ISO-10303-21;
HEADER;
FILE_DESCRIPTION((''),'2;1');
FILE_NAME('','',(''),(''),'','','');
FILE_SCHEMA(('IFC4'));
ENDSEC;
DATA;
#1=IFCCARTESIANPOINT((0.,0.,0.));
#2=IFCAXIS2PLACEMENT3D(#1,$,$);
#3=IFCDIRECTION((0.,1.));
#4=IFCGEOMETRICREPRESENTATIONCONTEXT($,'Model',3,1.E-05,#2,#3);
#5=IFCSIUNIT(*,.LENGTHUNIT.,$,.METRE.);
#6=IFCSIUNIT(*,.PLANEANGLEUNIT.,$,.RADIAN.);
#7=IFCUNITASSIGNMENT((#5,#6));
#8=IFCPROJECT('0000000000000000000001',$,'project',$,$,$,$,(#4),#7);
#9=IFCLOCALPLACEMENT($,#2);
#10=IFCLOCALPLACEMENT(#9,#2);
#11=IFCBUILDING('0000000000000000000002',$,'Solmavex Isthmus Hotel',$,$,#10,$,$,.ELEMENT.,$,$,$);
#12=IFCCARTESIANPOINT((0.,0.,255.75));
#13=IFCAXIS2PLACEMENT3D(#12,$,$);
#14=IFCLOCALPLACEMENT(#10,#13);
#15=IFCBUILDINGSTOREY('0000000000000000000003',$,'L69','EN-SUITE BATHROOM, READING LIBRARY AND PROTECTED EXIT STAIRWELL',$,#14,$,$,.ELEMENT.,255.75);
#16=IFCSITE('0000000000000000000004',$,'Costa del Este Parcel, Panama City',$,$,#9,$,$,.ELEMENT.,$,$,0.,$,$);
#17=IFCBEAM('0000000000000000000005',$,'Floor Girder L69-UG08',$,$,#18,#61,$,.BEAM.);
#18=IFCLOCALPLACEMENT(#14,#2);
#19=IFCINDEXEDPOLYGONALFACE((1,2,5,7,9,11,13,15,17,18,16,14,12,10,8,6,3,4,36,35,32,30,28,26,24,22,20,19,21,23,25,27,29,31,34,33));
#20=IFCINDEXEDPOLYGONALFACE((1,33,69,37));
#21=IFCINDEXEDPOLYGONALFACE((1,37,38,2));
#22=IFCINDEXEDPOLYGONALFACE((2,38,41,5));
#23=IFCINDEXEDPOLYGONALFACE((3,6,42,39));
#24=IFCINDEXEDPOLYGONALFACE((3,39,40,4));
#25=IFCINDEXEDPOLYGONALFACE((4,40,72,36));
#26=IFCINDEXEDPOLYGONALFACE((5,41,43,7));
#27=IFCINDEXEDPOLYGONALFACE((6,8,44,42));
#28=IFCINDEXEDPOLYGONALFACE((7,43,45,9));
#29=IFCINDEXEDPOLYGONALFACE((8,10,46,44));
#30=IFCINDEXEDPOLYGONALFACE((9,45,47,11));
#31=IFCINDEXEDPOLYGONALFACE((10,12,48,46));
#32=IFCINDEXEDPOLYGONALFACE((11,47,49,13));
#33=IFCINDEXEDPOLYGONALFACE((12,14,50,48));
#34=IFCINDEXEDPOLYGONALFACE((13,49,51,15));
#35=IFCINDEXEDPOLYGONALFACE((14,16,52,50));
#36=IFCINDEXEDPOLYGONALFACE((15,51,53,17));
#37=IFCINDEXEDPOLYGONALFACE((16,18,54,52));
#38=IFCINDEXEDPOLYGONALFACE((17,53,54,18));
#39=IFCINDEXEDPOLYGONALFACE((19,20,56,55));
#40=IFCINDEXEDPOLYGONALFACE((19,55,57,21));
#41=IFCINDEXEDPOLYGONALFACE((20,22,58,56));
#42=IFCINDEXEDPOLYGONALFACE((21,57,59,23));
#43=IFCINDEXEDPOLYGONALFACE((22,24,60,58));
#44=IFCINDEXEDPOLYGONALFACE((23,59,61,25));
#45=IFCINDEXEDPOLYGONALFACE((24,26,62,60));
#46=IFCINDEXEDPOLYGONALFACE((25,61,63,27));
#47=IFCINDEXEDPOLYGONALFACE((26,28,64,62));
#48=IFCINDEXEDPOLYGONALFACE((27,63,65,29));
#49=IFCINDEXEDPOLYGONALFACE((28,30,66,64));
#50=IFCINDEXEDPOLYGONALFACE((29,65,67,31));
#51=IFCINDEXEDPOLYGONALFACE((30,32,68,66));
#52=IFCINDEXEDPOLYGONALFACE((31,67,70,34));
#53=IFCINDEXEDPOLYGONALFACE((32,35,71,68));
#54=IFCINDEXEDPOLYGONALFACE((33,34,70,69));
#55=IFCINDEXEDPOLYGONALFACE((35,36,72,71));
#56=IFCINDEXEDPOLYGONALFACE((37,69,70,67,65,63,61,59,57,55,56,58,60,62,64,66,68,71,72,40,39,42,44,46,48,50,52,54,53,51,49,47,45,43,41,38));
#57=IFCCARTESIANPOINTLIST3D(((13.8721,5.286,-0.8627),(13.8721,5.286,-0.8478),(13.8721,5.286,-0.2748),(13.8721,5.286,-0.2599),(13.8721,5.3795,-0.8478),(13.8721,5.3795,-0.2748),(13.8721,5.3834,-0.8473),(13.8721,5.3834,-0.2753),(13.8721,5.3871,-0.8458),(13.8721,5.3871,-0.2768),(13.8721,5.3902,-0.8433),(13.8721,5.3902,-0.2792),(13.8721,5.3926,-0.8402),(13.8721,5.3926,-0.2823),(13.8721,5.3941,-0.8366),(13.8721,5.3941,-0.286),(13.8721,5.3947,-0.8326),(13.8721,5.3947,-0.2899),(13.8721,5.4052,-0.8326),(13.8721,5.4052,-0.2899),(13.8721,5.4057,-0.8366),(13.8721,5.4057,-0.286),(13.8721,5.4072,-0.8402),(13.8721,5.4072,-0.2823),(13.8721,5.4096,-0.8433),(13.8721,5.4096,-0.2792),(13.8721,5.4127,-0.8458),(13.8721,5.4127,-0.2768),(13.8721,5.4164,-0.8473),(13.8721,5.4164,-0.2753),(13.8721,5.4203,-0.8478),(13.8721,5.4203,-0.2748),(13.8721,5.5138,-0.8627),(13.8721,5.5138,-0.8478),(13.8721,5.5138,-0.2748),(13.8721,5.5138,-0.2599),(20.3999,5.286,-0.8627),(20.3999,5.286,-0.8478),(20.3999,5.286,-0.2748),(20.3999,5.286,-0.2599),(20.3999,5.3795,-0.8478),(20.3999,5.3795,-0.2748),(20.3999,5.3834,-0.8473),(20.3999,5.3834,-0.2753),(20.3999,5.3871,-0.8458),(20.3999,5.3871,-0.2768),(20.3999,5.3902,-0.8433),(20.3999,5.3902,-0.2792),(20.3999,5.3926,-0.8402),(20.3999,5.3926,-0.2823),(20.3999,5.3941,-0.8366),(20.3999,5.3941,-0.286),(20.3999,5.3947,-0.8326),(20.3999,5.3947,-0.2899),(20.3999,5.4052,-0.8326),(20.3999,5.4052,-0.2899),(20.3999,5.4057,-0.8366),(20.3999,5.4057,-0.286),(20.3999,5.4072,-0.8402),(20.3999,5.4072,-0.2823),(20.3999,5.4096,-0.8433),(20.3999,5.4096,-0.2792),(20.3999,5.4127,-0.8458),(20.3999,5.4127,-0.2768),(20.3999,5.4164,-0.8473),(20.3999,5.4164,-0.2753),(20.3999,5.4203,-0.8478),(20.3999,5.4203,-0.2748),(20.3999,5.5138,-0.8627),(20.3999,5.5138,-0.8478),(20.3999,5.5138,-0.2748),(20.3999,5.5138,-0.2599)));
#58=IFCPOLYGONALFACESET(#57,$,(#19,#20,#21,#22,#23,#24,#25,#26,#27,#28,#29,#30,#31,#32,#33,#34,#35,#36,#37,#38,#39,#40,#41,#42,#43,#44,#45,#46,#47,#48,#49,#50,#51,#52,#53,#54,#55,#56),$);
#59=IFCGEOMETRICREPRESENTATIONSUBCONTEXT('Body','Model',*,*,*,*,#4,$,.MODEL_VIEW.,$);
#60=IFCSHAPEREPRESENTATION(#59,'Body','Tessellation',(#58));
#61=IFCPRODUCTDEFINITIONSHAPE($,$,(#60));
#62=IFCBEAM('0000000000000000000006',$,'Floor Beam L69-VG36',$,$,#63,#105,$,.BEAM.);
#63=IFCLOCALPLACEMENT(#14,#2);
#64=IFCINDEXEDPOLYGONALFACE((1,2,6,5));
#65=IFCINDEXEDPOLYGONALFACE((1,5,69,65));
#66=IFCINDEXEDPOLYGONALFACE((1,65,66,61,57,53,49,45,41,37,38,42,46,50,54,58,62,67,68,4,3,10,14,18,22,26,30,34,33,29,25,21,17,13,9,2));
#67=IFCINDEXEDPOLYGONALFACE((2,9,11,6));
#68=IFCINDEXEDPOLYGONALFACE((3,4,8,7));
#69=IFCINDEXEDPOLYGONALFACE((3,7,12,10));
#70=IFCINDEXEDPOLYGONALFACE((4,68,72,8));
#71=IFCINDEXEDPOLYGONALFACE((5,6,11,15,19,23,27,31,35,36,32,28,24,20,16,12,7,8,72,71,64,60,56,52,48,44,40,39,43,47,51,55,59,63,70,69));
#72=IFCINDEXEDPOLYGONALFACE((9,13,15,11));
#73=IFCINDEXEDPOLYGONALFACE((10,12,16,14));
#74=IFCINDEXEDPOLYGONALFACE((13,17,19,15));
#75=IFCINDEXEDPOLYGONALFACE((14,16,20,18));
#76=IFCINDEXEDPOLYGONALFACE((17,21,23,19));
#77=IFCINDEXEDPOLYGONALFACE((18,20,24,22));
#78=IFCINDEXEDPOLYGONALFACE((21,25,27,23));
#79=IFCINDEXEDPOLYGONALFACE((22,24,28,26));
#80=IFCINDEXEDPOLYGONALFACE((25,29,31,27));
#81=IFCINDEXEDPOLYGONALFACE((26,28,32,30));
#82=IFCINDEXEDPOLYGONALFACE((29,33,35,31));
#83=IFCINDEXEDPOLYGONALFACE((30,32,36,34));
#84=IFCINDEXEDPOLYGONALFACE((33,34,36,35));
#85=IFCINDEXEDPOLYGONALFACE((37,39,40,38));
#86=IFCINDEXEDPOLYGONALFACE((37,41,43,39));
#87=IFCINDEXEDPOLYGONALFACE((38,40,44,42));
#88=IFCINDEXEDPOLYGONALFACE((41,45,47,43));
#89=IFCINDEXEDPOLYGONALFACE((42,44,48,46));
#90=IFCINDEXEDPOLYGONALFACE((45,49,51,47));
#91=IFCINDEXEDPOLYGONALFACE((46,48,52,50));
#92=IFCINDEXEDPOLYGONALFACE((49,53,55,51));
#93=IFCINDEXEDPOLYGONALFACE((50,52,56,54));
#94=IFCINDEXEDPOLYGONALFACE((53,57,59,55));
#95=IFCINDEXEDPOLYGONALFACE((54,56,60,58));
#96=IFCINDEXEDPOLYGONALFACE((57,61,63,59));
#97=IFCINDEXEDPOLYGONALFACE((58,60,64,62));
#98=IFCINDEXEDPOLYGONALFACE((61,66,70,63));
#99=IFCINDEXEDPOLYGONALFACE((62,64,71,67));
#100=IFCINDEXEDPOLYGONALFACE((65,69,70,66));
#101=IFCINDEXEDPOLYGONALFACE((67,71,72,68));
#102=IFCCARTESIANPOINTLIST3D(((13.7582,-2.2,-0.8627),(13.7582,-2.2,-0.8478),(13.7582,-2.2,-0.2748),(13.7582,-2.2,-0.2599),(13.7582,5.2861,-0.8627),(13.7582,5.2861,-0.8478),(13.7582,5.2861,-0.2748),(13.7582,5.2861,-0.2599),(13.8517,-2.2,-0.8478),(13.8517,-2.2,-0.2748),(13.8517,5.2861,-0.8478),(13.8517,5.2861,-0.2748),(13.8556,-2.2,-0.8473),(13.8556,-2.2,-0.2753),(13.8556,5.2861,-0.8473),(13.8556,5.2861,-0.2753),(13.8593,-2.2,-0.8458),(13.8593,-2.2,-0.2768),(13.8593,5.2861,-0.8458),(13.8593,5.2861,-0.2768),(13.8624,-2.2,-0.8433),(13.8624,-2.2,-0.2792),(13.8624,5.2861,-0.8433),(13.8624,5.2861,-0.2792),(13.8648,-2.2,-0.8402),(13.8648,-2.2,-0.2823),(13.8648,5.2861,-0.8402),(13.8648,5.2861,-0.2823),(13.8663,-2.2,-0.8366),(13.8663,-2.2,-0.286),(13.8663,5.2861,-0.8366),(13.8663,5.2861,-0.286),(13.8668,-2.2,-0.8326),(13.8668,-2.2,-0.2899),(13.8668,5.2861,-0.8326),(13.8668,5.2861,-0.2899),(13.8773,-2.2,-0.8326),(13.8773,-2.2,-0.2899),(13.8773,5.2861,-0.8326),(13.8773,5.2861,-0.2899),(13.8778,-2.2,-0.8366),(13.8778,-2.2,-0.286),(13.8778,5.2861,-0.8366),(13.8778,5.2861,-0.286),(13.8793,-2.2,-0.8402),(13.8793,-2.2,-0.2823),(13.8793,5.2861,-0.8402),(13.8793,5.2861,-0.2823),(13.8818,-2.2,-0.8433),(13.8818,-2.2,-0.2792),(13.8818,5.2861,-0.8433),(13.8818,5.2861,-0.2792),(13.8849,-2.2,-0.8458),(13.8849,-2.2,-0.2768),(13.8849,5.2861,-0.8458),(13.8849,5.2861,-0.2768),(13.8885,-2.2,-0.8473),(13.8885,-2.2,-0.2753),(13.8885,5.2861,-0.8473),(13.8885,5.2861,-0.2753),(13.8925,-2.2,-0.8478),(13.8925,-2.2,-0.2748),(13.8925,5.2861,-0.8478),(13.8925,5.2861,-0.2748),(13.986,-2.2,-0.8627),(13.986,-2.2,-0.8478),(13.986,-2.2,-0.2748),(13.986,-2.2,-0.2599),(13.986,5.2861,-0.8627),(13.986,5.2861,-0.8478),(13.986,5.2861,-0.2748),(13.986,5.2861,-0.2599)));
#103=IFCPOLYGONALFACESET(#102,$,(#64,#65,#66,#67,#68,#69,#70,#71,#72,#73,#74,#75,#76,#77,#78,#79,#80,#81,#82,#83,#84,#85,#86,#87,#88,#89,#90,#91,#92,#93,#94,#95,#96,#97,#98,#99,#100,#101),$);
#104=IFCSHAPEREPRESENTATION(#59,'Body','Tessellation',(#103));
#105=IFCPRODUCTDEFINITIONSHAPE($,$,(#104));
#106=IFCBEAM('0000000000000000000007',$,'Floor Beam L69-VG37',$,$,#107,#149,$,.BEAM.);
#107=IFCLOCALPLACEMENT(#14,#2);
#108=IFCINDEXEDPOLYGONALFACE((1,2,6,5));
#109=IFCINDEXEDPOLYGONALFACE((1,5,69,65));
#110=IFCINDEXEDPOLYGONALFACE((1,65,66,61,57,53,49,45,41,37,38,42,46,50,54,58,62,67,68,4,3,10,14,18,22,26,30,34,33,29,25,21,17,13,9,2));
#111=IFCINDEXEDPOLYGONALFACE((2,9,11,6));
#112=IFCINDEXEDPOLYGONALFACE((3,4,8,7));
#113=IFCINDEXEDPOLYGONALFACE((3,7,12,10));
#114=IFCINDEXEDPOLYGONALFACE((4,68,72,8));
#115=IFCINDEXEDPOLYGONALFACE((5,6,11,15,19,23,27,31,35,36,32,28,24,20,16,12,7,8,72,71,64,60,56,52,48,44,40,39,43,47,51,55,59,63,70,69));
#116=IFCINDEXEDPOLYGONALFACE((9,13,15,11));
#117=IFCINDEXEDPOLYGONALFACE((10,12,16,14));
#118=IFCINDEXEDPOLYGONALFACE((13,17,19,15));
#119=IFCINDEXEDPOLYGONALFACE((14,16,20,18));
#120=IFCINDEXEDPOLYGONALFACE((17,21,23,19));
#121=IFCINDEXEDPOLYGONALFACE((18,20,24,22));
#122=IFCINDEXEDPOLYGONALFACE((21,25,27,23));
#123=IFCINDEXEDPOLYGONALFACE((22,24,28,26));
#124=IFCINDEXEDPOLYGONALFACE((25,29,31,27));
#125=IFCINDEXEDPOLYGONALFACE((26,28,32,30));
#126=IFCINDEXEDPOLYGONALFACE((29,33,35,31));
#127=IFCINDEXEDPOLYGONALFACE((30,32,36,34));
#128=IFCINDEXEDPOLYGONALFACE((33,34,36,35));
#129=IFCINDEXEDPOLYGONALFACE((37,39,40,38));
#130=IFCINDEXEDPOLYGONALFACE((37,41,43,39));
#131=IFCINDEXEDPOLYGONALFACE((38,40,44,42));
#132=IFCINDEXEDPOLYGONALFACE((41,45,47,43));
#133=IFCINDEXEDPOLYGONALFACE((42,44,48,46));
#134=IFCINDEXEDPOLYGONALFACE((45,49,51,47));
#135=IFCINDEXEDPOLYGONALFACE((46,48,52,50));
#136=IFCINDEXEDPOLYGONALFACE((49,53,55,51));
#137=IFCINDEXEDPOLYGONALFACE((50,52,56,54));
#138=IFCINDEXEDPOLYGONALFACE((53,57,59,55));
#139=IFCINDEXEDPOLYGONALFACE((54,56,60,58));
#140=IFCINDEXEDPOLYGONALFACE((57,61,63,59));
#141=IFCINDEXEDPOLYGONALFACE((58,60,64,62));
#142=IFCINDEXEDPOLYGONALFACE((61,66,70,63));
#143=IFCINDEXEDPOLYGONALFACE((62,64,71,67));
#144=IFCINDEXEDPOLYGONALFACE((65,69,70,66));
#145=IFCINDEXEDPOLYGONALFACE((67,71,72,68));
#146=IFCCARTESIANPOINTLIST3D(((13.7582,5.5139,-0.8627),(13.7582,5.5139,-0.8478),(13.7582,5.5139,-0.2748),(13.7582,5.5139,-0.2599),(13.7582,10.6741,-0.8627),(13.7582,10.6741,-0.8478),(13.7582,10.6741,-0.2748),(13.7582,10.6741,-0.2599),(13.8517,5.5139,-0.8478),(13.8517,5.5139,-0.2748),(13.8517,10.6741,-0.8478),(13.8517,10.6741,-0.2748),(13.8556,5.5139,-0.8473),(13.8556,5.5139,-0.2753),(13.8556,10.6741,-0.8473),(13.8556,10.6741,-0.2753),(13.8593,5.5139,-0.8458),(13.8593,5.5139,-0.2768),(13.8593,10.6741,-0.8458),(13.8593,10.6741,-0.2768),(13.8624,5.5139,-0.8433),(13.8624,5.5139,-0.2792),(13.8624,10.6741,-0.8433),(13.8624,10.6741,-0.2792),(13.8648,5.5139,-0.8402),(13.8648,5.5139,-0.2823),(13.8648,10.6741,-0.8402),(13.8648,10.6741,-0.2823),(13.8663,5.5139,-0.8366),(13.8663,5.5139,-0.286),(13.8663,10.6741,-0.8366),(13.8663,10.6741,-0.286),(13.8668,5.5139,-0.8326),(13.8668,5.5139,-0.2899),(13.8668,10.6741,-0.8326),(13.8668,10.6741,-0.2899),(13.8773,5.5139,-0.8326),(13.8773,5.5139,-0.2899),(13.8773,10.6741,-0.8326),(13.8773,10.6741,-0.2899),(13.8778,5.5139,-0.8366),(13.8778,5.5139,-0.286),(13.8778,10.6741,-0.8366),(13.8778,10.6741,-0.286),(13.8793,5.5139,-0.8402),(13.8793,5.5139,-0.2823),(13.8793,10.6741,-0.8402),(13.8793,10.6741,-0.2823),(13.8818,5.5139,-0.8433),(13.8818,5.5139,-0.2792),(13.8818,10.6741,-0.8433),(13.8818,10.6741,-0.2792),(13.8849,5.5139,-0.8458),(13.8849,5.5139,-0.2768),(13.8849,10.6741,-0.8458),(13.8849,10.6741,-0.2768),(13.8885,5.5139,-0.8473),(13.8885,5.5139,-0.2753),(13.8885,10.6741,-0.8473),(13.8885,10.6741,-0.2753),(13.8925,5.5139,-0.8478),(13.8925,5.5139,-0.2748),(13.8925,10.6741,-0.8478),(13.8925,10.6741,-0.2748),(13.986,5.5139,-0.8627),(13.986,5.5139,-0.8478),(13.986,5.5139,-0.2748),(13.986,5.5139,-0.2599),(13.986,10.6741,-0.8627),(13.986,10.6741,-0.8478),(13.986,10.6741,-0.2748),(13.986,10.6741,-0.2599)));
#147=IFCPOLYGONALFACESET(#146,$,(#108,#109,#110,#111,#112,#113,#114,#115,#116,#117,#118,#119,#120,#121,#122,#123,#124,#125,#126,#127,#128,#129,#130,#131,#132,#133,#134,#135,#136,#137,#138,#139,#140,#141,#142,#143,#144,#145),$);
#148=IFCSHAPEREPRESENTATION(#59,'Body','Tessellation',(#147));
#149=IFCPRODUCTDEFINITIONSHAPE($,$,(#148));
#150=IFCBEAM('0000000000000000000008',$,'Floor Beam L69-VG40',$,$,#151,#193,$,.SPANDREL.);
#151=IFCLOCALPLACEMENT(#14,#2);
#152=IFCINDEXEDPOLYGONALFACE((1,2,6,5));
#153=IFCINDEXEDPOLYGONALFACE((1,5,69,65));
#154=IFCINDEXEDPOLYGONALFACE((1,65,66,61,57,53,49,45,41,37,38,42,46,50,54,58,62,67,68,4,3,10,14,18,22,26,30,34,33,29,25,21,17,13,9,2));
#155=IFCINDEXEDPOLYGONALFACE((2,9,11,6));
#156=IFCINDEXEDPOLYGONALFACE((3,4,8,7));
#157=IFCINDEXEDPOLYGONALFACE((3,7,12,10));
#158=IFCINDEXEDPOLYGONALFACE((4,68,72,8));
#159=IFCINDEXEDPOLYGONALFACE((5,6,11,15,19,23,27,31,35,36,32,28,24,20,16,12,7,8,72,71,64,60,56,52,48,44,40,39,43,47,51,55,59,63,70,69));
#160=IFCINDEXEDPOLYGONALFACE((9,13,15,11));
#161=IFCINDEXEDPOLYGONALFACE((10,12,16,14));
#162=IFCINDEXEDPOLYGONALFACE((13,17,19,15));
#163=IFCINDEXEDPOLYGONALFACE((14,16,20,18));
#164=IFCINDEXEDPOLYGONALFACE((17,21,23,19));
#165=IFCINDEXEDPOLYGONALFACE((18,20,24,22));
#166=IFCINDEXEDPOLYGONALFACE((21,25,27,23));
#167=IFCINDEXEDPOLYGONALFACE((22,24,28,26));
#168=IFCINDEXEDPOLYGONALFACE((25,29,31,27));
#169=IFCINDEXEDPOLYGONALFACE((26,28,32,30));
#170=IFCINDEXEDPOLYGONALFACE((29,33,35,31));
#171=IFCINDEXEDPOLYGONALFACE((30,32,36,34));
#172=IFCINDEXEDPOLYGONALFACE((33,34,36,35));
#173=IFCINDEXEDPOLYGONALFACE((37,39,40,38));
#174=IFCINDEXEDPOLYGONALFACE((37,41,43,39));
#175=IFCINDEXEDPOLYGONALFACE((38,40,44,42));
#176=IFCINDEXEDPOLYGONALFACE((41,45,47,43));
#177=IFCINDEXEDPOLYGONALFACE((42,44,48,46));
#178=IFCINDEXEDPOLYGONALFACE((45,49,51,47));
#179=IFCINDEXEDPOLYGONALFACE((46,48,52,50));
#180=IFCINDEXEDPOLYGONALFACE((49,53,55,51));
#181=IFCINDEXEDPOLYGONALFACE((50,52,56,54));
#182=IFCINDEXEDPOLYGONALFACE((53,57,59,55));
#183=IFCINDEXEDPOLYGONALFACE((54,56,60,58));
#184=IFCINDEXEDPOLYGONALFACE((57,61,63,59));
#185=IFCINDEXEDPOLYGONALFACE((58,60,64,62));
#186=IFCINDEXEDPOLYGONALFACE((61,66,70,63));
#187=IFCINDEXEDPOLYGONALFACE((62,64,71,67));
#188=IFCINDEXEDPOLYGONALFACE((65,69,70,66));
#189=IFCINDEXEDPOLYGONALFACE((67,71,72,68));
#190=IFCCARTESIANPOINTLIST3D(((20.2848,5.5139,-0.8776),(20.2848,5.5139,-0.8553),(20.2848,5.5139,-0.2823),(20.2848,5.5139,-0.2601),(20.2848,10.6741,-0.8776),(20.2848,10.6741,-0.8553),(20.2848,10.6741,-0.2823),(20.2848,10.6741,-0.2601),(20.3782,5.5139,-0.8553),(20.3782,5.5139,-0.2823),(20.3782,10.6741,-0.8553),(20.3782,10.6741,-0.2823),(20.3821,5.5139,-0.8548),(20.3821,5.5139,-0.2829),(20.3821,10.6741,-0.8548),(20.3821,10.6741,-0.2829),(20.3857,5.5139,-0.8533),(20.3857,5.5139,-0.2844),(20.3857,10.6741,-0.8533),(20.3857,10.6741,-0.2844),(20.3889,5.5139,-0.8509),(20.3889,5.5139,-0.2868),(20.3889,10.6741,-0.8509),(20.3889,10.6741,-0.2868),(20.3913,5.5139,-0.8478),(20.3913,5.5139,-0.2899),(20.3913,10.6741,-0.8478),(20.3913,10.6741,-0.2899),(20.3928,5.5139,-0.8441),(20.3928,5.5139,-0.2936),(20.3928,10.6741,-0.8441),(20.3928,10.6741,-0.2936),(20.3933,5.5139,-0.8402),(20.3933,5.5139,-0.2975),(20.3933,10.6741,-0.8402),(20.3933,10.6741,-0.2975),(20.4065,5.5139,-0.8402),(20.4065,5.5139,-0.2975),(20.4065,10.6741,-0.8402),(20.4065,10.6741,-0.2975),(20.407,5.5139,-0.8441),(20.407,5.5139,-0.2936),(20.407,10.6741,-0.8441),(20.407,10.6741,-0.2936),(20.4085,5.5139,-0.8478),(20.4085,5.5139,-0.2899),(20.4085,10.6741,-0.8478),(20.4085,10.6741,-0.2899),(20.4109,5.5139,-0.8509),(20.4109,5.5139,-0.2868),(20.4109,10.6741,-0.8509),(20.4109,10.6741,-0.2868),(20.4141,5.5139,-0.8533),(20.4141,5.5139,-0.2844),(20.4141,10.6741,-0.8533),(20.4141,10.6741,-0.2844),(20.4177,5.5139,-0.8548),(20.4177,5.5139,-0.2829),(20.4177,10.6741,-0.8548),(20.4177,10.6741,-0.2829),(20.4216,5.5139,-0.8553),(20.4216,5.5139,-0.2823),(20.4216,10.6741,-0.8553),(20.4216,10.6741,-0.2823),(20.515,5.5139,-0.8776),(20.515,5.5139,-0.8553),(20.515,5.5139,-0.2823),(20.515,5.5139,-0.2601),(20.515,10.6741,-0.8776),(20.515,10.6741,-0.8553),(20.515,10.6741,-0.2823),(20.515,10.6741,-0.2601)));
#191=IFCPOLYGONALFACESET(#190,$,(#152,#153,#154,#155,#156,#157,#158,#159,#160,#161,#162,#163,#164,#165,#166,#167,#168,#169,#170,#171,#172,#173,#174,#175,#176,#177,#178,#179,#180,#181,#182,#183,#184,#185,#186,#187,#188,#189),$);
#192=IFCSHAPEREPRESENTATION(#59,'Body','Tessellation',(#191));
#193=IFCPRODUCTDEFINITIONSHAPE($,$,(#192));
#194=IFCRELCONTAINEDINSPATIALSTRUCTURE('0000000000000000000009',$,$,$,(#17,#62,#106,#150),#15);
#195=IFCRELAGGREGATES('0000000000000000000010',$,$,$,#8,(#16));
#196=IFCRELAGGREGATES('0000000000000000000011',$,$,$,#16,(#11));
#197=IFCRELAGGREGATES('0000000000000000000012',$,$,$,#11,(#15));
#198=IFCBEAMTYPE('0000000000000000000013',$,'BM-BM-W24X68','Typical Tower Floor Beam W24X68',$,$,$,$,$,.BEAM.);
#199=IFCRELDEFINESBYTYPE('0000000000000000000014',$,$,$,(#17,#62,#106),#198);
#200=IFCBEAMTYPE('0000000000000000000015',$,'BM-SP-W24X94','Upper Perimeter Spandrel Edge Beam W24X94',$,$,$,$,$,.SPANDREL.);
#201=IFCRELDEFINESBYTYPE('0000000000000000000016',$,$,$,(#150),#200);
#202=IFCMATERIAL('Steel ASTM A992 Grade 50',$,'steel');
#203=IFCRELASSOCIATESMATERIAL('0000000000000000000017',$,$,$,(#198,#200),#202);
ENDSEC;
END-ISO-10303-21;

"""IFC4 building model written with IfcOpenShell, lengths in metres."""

from ifc_helpers import new_model, si_unit, direction, frame, origin, origin_2d, place, context, subcontext, project, spatial, i_section, extrude, material, material_profile, profile_set, type_object, element, save


model = new_model("IFC4")

# Units and contexts
model_context = context("Model", 3, precision=1e-05, world=origin(), true_north=direction((0.0, 1.0)))
body_context = subcontext(model_context, "Body", "Model", "MODEL_VIEW")
ifc_project = project(units=[si_unit("LENGTHUNIT", "METRE"), si_unit("PLANEANGLEUNIT", "RADIAN")], contexts=[model_context])

# Site, building, storey
site_placement = place(None, origin())
site = spatial("IfcSite", under=ifc_project, at=site_placement, Name="Costa del Este Parcel, Panama City", CompositionType="ELEMENT", RefElevation=0.0)
building_placement = place(site_placement, origin())
building = spatial("IfcBuilding", under=site, at=building_placement, Name="Solmavex Isthmus Hotel", CompositionType="ELEMENT")
storey_placement = place(building_placement, frame((0.0, 0.0, 255.75)))
storey = spatial("IfcBuildingStorey", under=building, at=storey_placement, Name="L69", Description="EN-SUITE BATHROOM, READING LIBRARY AND PROTECTED EXIT STAIRWELL", CompositionType="ELEMENT", Elevation=255.75)

# Beams
ifc_material_1 = material(Name="Steel ASTM A992 Grade 50", Category="steel")
ifc_material_profile_1 = material_profile(ifc_material_1, i_section(OverallWidth=0.2278, OverallDepth=0.6028, WebThickness=0.0105, FlangeThickness=0.0149, FilletRadius=0.0151, at=origin_2d()), Name="W24X68")
ifc_profile_set_1 = profile_set([ifc_material_profile_1], Name="Steel ASTM A992 Grade 50")
beam_type_1 = type_object("IfcBeamType", Name="BM-BM-W24X68", Description="Typical Tower Floor Beam W24X68", PredefinedType="BEAM", material=ifc_profile_set_1)
beam_1_placement = place(storey_placement, frame((13.8721, 5.3999, -0.5613), z_axis=(1.0, 0.0, 0.0), x_axis=(0.0, 1.0, 0.0)))
element("IfcBeam", 1, at=beam_1_placement, inside=storey, type_object=beam_type_1, Name="Floor Girder L69-UG08", PredefinedType="BEAM", context=body_context, shape_type="SweptSolid", body=[
    extrude(i_section(OverallWidth=0.2278, OverallDepth=0.6028, WebThickness=0.0105, FlangeThickness=0.0149, FilletRadius=0.0151, at=origin_2d()), origin(), (0.0, 0.0, 1.0), 6.5278),
])
beam_2_placement = place(storey_placement, frame((13.8721, -2.2, -0.5613), z_axis=(0.0, 1.0, 0.0), x_axis=(-1.0, 0.0, 0.0)))
element("IfcBeam", 2, at=beam_2_placement, inside=storey, type_object=beam_type_1, Name="Floor Beam L69-VG36", PredefinedType="BEAM", context=body_context, shape_type="SweptSolid", body=[
    extrude(i_section(OverallWidth=0.2278, OverallDepth=0.6028, WebThickness=0.0105, FlangeThickness=0.0149, FilletRadius=0.0151, at=origin_2d()), origin(), (0.0, 0.0, 1.0), 7.4861),
])
beam_3_placement = place(storey_placement, frame((13.8721, 5.5139, -0.5613), z_axis=(0.0, 1.0, 0.0), x_axis=(-1.0, 0.0, 0.0)))
element("IfcBeam", 3, at=beam_3_placement, inside=storey, type_object=beam_type_1, Name="Floor Beam L69-VG37", PredefinedType="BEAM", context=body_context, shape_type="SweptSolid", body=[
    extrude(i_section(OverallWidth=0.2278, OverallDepth=0.6028, WebThickness=0.0105, FlangeThickness=0.0149, FilletRadius=0.0151, at=origin_2d()), origin(), (0.0, 0.0, 1.0), 5.1602),
])
ifc_material_profile_2 = material_profile(ifc_material_1, i_section(OverallWidth=0.2302, OverallDepth=0.6174, WebThickness=0.0132, FlangeThickness=0.0222, FilletRadius=0.0151, at=origin_2d()), Name="W24X94")
ifc_profile_set_2 = profile_set([ifc_material_profile_2], Name="Steel ASTM A992 Grade 50")
beam_type_2 = type_object("IfcBeamType", Name="BM-SP-W24X94", Description="Upper Perimeter Spandrel Edge Beam W24X94", PredefinedType="SPANDREL", material=ifc_profile_set_2)
beam_4_placement = place(storey_placement, frame((20.3999, 5.5139, -0.5688), z_axis=(0.0, 1.0, 0.0), x_axis=(-1.0, 0.0, 0.0)))
element("IfcBeam", 4, at=beam_4_placement, inside=storey, type_object=beam_type_2, Name="Floor Beam L69-VG40", PredefinedType="SPANDREL", context=body_context, shape_type="SweptSolid", body=[
    extrude(i_section(OverallWidth=0.2302, OverallDepth=0.6174, WebThickness=0.0132, FlangeThickness=0.0222, FilletRadius=0.0151, at=origin_2d()), origin(), (0.0, 0.0, 1.0), 5.1602),
])

save(model, "model.ifc")
